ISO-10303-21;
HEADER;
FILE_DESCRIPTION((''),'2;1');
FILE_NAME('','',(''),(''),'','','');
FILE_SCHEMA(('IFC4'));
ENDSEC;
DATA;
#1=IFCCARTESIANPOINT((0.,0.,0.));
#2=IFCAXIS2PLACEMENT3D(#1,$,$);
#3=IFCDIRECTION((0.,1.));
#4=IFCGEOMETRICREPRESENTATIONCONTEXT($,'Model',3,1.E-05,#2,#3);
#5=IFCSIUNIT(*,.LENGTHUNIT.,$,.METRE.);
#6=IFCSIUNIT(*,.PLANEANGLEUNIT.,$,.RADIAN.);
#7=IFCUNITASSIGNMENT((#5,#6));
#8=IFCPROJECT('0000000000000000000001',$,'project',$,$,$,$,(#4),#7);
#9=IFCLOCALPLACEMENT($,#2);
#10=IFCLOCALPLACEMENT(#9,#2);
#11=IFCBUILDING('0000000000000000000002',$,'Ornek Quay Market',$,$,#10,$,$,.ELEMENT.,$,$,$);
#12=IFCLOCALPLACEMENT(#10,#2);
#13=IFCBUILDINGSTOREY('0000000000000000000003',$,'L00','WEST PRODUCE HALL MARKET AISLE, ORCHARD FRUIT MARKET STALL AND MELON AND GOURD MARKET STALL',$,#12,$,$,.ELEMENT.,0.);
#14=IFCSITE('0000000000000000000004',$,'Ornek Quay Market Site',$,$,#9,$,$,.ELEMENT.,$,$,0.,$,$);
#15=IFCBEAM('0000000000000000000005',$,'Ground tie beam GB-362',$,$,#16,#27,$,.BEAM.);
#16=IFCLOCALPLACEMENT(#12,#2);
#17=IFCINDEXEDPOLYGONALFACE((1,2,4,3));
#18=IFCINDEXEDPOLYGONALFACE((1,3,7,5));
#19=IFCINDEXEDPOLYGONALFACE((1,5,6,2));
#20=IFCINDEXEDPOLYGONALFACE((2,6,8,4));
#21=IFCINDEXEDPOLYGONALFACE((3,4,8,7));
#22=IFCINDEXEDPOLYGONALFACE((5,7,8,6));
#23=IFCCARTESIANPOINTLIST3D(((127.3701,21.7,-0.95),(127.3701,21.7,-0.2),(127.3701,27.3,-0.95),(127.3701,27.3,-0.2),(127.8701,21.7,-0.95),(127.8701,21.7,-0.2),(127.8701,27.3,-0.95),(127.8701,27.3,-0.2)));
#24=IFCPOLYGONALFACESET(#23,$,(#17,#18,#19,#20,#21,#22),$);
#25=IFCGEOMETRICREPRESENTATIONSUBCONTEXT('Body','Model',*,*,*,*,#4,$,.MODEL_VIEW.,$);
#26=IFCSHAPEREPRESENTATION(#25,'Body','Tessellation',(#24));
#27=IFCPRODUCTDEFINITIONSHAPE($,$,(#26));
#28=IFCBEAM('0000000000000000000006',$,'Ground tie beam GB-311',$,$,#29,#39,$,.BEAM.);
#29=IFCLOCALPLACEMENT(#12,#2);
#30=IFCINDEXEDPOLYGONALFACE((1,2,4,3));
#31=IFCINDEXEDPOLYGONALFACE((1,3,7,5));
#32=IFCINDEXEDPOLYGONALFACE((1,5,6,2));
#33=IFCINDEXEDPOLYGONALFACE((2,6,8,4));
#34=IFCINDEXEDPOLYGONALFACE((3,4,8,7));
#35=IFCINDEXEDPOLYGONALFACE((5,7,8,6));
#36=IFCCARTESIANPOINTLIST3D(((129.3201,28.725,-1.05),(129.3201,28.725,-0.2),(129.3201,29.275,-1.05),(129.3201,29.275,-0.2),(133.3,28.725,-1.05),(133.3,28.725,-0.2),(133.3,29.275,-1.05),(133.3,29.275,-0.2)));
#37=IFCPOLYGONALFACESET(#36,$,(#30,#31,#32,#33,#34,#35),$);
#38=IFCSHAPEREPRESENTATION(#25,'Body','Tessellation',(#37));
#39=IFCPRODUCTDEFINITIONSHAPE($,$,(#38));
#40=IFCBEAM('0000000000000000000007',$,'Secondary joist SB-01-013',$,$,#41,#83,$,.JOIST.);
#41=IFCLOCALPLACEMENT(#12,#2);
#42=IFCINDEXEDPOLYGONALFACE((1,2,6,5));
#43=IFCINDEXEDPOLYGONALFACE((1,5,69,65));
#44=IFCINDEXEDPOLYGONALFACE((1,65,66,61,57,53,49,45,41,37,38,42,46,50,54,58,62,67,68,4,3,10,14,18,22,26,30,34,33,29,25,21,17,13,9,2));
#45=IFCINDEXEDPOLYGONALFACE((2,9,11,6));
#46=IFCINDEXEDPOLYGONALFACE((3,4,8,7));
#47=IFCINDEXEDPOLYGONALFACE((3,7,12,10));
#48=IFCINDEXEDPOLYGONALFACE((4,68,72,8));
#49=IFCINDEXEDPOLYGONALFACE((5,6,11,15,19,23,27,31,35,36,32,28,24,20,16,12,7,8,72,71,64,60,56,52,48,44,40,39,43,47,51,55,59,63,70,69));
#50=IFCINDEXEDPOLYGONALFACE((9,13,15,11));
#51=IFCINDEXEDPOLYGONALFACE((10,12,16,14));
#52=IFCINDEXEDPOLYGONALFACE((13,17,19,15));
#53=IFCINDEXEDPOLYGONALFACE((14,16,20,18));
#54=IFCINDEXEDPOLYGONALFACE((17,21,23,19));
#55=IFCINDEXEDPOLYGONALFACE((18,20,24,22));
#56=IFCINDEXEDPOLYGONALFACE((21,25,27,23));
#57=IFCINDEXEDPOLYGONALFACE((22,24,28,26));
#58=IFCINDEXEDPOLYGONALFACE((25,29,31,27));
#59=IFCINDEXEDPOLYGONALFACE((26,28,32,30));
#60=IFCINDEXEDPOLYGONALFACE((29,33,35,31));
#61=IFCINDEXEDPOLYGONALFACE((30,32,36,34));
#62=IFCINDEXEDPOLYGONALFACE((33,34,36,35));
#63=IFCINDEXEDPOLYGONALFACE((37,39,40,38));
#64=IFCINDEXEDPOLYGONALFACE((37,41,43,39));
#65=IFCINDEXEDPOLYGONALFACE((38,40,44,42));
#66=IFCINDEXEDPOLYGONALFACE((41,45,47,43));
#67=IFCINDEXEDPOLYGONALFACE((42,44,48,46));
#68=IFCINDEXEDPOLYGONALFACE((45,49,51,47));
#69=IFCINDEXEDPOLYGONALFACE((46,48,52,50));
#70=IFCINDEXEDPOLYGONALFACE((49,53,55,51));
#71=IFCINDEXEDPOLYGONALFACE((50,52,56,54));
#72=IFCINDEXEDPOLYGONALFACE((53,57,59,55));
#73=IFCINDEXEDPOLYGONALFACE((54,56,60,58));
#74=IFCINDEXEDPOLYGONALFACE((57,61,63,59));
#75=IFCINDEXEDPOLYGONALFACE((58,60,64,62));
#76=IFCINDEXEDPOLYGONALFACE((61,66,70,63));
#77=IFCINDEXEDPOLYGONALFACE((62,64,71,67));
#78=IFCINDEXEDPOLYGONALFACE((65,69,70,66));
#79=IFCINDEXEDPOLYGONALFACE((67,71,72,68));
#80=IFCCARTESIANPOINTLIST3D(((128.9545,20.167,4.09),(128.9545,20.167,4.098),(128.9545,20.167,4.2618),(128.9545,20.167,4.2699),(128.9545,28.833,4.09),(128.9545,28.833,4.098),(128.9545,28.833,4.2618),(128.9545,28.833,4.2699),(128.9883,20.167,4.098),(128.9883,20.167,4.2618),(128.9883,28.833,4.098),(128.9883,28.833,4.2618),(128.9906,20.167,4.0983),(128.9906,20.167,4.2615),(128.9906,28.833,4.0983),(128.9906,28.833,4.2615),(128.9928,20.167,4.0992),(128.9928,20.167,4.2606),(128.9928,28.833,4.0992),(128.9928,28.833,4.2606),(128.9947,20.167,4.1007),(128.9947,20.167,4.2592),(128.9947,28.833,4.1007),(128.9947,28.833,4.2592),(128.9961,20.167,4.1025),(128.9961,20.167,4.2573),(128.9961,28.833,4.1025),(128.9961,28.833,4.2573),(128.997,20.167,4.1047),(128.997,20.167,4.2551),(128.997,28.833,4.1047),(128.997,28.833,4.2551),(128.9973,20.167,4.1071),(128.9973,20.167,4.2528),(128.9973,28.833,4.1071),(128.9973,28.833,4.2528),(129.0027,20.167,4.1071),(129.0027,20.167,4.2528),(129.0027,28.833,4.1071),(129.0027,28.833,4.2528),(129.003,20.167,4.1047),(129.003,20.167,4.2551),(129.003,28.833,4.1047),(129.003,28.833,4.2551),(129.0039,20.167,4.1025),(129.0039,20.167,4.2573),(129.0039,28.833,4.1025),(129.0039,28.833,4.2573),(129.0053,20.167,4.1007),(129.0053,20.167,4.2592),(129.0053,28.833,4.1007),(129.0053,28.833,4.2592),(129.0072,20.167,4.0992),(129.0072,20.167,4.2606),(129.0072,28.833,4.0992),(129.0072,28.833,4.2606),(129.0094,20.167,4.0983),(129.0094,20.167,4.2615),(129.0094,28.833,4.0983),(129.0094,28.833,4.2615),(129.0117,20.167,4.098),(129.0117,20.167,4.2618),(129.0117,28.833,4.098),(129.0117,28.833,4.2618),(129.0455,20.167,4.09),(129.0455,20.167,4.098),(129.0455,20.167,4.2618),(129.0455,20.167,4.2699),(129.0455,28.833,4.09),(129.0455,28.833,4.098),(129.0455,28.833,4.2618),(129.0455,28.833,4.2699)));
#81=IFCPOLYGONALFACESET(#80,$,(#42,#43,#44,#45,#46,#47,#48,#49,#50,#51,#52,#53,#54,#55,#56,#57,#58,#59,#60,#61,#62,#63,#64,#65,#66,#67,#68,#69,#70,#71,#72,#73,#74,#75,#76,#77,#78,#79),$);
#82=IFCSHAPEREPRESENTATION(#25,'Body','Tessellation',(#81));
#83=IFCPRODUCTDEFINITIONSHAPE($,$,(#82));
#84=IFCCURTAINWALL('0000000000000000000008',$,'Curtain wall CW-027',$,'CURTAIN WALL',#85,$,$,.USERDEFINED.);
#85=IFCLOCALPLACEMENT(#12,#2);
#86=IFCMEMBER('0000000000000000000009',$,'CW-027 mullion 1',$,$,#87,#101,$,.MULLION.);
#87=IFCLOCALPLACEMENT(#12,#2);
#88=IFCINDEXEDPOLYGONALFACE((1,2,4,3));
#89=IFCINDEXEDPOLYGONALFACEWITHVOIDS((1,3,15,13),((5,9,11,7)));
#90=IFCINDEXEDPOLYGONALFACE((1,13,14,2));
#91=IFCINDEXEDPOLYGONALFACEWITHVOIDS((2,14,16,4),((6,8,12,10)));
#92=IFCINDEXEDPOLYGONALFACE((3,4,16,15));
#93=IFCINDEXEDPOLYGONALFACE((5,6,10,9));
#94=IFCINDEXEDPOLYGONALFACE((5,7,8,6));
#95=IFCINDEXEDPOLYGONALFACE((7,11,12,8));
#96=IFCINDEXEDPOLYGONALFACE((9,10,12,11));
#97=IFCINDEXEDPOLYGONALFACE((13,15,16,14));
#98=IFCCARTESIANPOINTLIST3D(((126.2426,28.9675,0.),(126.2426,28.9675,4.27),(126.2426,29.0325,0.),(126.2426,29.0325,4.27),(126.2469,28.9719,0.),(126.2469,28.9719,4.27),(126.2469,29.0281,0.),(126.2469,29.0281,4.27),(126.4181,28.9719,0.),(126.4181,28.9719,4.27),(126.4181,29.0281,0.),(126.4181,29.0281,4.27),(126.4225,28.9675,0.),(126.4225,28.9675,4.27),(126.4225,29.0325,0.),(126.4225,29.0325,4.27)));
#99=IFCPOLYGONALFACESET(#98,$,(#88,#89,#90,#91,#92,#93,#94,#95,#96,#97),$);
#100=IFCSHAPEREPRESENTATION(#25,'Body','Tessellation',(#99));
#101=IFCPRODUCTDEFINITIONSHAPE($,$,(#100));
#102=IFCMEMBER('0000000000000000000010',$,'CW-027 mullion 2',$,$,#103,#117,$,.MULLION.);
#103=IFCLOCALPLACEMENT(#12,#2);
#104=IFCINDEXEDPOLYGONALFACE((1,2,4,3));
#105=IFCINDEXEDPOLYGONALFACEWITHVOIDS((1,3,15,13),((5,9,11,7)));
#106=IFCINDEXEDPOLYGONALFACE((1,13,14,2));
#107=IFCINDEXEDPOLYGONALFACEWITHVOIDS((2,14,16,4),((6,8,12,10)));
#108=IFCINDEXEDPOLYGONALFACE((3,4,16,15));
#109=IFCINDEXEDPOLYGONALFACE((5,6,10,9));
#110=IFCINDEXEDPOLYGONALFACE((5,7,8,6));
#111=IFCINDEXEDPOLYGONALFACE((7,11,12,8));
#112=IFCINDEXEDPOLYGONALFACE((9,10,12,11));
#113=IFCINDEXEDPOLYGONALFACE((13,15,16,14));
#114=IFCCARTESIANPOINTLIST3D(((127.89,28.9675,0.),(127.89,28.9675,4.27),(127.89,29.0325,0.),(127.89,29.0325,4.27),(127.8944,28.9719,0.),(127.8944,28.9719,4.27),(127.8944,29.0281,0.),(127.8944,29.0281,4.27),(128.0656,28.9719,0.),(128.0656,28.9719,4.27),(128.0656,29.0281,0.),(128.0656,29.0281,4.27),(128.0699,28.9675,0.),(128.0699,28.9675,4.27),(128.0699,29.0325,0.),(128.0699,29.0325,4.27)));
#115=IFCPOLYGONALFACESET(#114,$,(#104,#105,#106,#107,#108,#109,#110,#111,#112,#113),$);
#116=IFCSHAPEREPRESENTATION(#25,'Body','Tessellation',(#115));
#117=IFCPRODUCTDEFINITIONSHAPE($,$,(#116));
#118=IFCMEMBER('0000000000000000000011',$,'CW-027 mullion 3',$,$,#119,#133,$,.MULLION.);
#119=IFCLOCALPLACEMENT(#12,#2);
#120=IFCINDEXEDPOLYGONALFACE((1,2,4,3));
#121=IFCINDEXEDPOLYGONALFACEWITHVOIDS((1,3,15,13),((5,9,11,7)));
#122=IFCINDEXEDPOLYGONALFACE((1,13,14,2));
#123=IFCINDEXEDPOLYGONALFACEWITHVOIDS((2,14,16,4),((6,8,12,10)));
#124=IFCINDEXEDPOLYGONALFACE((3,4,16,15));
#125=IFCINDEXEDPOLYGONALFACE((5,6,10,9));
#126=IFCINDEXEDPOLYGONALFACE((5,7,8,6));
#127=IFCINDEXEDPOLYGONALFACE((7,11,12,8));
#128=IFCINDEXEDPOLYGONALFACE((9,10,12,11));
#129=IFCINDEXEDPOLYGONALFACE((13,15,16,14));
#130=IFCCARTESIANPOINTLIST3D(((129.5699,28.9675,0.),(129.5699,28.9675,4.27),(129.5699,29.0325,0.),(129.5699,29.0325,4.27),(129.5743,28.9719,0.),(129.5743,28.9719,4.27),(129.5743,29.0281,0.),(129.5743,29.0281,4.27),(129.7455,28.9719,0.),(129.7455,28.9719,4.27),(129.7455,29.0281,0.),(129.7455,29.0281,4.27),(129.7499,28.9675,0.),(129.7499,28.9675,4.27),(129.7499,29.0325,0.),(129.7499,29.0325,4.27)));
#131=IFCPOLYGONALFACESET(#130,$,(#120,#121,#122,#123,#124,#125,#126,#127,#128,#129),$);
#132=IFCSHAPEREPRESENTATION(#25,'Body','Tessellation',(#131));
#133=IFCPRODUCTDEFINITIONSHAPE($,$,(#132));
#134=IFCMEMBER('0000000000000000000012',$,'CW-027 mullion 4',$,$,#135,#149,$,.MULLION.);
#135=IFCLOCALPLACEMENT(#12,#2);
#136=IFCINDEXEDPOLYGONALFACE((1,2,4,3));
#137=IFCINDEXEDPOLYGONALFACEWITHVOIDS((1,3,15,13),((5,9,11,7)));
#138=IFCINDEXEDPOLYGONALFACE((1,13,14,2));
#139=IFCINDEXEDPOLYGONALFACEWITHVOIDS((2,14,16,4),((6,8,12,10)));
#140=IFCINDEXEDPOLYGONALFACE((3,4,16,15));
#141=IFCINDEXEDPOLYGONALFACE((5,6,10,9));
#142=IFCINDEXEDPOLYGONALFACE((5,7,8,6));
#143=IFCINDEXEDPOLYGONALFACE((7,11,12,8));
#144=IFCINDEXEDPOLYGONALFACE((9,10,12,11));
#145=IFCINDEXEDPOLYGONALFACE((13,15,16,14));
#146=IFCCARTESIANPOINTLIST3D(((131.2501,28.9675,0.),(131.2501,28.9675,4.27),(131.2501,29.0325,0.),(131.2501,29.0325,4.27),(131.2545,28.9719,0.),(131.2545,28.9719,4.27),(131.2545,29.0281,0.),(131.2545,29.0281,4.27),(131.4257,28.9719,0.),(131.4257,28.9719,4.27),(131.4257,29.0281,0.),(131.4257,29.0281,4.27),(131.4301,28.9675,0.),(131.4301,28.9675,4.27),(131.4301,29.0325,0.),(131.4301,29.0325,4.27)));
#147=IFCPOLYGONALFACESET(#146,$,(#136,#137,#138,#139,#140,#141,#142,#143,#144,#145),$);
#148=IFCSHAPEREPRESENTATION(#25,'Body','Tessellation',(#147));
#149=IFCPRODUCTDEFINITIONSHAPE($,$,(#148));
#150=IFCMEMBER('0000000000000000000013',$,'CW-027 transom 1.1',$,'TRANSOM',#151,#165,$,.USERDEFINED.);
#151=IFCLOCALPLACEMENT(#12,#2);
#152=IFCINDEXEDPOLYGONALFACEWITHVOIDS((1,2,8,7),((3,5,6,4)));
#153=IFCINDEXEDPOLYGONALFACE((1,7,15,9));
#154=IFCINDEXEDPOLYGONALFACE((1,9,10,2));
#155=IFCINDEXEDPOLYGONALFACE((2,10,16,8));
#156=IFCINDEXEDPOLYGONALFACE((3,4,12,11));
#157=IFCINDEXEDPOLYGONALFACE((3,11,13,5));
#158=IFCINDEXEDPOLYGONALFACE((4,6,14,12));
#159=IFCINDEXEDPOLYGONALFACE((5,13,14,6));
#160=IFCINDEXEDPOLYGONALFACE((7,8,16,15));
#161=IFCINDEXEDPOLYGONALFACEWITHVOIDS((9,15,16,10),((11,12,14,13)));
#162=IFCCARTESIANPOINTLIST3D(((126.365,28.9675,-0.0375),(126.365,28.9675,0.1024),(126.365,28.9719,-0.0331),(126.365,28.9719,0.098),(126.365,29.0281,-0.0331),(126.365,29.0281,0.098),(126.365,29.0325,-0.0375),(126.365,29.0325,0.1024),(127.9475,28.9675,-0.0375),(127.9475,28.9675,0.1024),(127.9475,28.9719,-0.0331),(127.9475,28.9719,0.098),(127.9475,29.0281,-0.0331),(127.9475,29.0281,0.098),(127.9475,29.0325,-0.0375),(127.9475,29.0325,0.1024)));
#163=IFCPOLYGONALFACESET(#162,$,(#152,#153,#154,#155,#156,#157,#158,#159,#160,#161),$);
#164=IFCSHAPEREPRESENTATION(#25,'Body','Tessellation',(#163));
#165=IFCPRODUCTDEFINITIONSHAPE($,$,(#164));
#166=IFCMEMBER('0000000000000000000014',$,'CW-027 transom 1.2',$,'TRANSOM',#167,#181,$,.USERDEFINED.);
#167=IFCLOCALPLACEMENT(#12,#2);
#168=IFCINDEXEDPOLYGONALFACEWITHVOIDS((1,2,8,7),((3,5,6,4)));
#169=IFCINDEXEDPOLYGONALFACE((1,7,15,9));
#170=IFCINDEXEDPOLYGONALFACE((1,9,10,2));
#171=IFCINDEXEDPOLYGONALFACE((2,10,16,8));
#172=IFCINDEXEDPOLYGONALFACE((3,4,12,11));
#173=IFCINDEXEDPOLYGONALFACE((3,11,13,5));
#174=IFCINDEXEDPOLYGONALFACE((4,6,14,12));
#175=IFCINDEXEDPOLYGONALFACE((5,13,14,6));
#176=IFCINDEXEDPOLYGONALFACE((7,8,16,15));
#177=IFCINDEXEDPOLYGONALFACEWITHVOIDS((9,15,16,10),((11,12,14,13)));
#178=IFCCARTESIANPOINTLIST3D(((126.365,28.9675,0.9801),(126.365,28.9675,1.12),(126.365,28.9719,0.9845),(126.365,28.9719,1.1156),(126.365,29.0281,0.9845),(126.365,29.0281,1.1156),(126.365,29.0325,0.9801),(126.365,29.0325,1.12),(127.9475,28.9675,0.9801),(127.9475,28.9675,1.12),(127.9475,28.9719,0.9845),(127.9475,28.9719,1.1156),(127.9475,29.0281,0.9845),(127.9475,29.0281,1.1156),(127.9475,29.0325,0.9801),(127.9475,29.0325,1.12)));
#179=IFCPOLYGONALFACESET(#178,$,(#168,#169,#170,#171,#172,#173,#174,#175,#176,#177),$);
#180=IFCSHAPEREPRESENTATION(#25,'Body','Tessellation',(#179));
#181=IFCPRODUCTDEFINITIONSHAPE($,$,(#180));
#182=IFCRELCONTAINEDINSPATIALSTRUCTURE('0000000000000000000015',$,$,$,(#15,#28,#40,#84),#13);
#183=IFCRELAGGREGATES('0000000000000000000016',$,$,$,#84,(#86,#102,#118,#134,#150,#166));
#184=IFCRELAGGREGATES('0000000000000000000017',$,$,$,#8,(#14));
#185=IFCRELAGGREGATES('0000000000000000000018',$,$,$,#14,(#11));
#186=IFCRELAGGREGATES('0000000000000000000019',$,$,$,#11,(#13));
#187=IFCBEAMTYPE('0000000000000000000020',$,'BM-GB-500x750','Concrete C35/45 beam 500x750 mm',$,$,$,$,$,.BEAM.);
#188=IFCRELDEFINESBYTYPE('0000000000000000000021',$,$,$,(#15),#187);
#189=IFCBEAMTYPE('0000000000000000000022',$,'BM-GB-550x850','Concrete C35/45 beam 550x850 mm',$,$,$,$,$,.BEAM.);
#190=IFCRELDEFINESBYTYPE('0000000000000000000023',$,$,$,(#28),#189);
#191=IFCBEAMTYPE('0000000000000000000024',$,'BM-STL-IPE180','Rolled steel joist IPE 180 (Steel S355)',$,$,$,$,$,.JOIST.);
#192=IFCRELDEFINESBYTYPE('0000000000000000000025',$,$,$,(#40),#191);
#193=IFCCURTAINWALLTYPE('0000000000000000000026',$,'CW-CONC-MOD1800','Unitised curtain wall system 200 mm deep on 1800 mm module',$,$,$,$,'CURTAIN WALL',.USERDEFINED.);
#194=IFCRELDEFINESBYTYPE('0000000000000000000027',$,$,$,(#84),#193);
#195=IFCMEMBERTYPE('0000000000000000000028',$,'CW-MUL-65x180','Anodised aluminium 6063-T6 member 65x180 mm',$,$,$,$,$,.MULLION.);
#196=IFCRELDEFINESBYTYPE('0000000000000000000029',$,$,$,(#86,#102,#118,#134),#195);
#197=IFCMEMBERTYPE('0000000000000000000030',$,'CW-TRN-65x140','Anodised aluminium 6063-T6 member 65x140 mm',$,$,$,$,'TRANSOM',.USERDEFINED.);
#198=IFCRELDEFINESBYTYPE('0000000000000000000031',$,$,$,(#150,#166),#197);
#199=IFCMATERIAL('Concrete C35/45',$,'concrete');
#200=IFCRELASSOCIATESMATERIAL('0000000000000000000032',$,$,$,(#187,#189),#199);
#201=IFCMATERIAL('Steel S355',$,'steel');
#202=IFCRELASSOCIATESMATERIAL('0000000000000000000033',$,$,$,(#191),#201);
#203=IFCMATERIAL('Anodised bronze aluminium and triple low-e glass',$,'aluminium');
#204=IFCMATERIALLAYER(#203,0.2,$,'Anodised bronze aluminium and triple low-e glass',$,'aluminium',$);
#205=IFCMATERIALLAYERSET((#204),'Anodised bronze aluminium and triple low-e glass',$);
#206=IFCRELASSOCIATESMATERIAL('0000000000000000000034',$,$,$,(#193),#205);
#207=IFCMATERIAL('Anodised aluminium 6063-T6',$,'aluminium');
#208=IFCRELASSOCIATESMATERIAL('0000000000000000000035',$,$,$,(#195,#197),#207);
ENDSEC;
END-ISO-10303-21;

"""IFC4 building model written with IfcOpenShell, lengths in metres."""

from ifc_helpers import new_model, si_unit, direction, frame, origin, origin_2d, place, context, subcontext, project, spatial, rectangle, hollow_rectangle, i_section, extrude, material, layer, layer_set, material_profile, profile_set, type_object, element, aggregate, save


model = new_model("IFC4")

# Units and contexts
model_context = context("Model", 3, precision=1e-05, world=origin(), true_north=direction((0.0, 1.0)))
body_context = subcontext(model_context, "Body", "Model", "MODEL_VIEW")
ifc_project = project(units=[si_unit("LENGTHUNIT", "METRE"), si_unit("PLANEANGLEUNIT", "RADIAN")], contexts=[model_context])

# Site, building, storey
site_placement = place(None, origin())
site = spatial("IfcSite", under=ifc_project, at=site_placement, Name="Ornek Quay Market Site", CompositionType="ELEMENT", RefElevation=0.0)
building_placement = place(site_placement, origin())
building = spatial("IfcBuilding", under=site, at=building_placement, Name="Ornek Quay Market", CompositionType="ELEMENT")
storey_placement = place(building_placement, origin())
storey = spatial("IfcBuildingStorey", under=building, at=storey_placement, Name="L00", Description="WEST PRODUCE HALL MARKET AISLE, ORCHARD FRUIT MARKET STALL AND MELON AND GOURD MARKET STALL", CompositionType="ELEMENT", Elevation=0.0)

# Shared definitions
ifc_material_1 = material(Name="Concrete C35/45", Category="concrete")

# Beams
ifc_material_profile_1 = material_profile(ifc_material_1, rectangle(XDim=0.5, YDim=0.75, at=origin_2d()), Name="RC 500x750", Category="concrete")
ifc_profile_set_1 = profile_set([ifc_material_profile_1], Name="Concrete C35/45")
beam_type_1 = type_object("IfcBeamType", Name="BM-GB-500x750", Description="Concrete C35/45 beam 500x750 mm", PredefinedType="BEAM", material=ifc_profile_set_1)
beam_1_placement = place(storey_placement, frame((127.6201, 21.7, -0.575), z_axis=(0.0, 1.0, 0.0), x_axis=(-1.0, 0.0, 0.0)))
element("IfcBeam", 1, at=beam_1_placement, inside=storey, type_object=beam_type_1, Name="Ground tie beam GB-362", PredefinedType="BEAM", context=body_context, shape_type="SweptSolid", body=[
    extrude(rectangle(XDim=0.5, YDim=0.75, at=origin_2d()), origin(), (0.0, 0.0, 1.0), 5.6001),
])
ifc_material_profile_2 = material_profile(ifc_material_1, rectangle(XDim=0.55, YDim=0.8501, at=origin_2d()), Name="RC 550x850", Category="concrete")
ifc_profile_set_2 = profile_set([ifc_material_profile_2], Name="Concrete C35/45")
beam_type_2 = type_object("IfcBeamType", Name="BM-GB-550x850", Description="Concrete C35/45 beam 550x850 mm", PredefinedType="BEAM", material=ifc_profile_set_2)
beam_2_placement = place(storey_placement, frame((129.3201, 29.0, -0.625), z_axis=(1.0, 0.0, 0.0), x_axis=(0.0, 1.0, 0.0)))
element("IfcBeam", 2, at=beam_2_placement, inside=storey, type_object=beam_type_2, Name="Ground tie beam GB-311", PredefinedType="BEAM", context=body_context, shape_type="SweptSolid", body=[
    extrude(rectangle(XDim=0.55, YDim=0.8501, at=origin_2d()), origin(), (0.0, 0.0, 1.0), 3.98),
])
ifc_material_2 = material(Name="Steel S355", Category="steel")
ifc_material_profile_3 = material_profile(ifc_material_2, i_section(OverallWidth=0.0911, OverallDepth=0.1799, WebThickness=0.0054, FlangeThickness=0.0081, FilletRadius=0.009, at=origin_2d()), Name="IPE 180", Category="steel")
ifc_profile_set_3 = profile_set([ifc_material_profile_3], Name="Steel S355")
beam_type_3 = type_object("IfcBeamType", Name="BM-STL-IPE180", Description="Rolled steel joist IPE 180 (Steel S355)", PredefinedType="JOIST", material=ifc_profile_set_3)
beam_3_placement = place(storey_placement, frame((129.0, 20.167, 4.1799), z_axis=(0.0, 1.0, 0.0), x_axis=(-1.0, 0.0, 0.0)))
element("IfcBeam", 3, at=beam_3_placement, inside=storey, type_object=beam_type_3, Name="Secondary joist SB-01-013", PredefinedType="JOIST", context=body_context, shape_type="SweptSolid", body=[
    extrude(i_section(OverallWidth=0.0911, OverallDepth=0.1799, WebThickness=0.0054, FlangeThickness=0.0081, FilletRadius=0.009, at=origin_2d()), origin(), (0.0, 0.0, 1.0), 8.666),
])

# Curtain wall, members
ifc_material_3 = material(Name="Anodised bronze aluminium and triple low-e glass", Category="aluminium")
ifc_layer_1 = layer(ifc_material_3, 0.2, Name="Anodised bronze aluminium and triple low-e glass", Category="aluminium")
ifc_layer_set_1 = layer_set([ifc_layer_1], Name="Anodised bronze aluminium and triple low-e glass")
curtain_wall_type = type_object("IfcCurtainWallType", Name="CW-CONC-MOD1800", Description="Unitised curtain wall system 200 mm deep on 1800 mm module", ElementType="CURTAIN WALL", PredefinedType="USERDEFINED", material=ifc_layer_set_1)
curtain_wall_placement = place(storey_placement, origin())
curtain_wall = element("IfcCurtainWall", 4, at=curtain_wall_placement, inside=storey, type_object=curtain_wall_type, Name="Curtain wall CW-027", ObjectType="CURTAIN WALL", PredefinedType="USERDEFINED")
ifc_material_4 = material(Name="Anodised aluminium 6063-T6", Category="aluminium")
ifc_material_profile_4 = material_profile(ifc_material_4, hollow_rectangle(XDim=0.0649, YDim=0.1799, WallThickness=0.0044, at=origin_2d()), Name="CW-MUL-65x180", Category="aluminium")
ifc_profile_set_4 = profile_set([ifc_material_profile_4], Name="Anodised aluminium 6063-T6")
member_type_1 = type_object("IfcMemberType", Name="CW-MUL-65x180", Description="Anodised aluminium 6063-T6 member 65x180 mm", PredefinedType="MULLION", material=ifc_profile_set_4)
member_1_placement = place(storey_placement, frame((126.3325, 29.0, 0.0), z_axis=(0.0, 0.0, 1.0), x_axis=(0.0, 1.0, 0.0)))
member_1 = element("IfcMember", 5, at=member_1_placement, type_object=member_type_1, Name="CW-027 mullion 1", PredefinedType="MULLION", context=body_context, shape_type="SweptSolid", body=[
    extrude(hollow_rectangle(XDim=0.0649, YDim=0.1799, WallThickness=0.0044, at=origin_2d()), origin(), (0.0, 0.0, 1.0), 4.27),
])
member_2_placement = place(storey_placement, frame((127.98, 29.0, 0.0), z_axis=(0.0, 0.0, 1.0), x_axis=(0.0, 1.0, 0.0)))
member_2 = element("IfcMember", 6, at=member_2_placement, type_object=member_type_1, Name="CW-027 mullion 2", PredefinedType="MULLION", context=body_context, shape_type="SweptSolid", body=[
    extrude(hollow_rectangle(XDim=0.0649, YDim=0.1799, WallThickness=0.0044, at=origin_2d()), origin(), (0.0, 0.0, 1.0), 4.27),
])
member_3_placement = place(storey_placement, frame((129.6599, 29.0, 0.0), z_axis=(0.0, 0.0, 1.0), x_axis=(0.0, 1.0, 0.0)))
member_3 = element("IfcMember", 7, at=member_3_placement, type_object=member_type_1, Name="CW-027 mullion 3", PredefinedType="MULLION", context=body_context, shape_type="SweptSolid", body=[
    extrude(hollow_rectangle(XDim=0.0649, YDim=0.1799, WallThickness=0.0044, at=origin_2d()), origin(), (0.0, 0.0, 1.0), 4.27),
])
member_4_placement = place(storey_placement, frame((131.3401, 29.0, 0.0), z_axis=(0.0, 0.0, 1.0), x_axis=(0.0, 1.0, 0.0)))
member_4 = element("IfcMember", 8, at=member_4_placement, type_object=member_type_1, Name="CW-027 mullion 4", PredefinedType="MULLION", context=body_context, shape_type="SweptSolid", body=[
    extrude(hollow_rectangle(XDim=0.0649, YDim=0.1799, WallThickness=0.0044, at=origin_2d()), origin(), (0.0, 0.0, 1.0), 4.27),
])
ifc_material_profile_5 = material_profile(ifc_material_4, hollow_rectangle(XDim=0.0649, YDim=0.1399, WallThickness=0.0044, at=origin_2d()), Name="CW-TRN-65x140", Category="aluminium")
ifc_profile_set_5 = profile_set([ifc_material_profile_5], Name="Anodised aluminium 6063-T6")
member_type_2 = type_object("IfcMemberType", Name="CW-TRN-65x140", Description="Anodised aluminium 6063-T6 member 65x140 mm", ElementType="TRANSOM", PredefinedType="USERDEFINED", material=ifc_profile_set_5)
member_5_placement = place(storey_placement, frame((126.365, 29.0, 0.0325), z_axis=(1.0, 0.0, 0.0), x_axis=(0.0, 1.0, 0.0)))
member_5 = element("IfcMember", 9, at=member_5_placement, type_object=member_type_2, Name="CW-027 transom 1.1", ObjectType="TRANSOM", PredefinedType="USERDEFINED", context=body_context, shape_type="SweptSolid", body=[
    extrude(hollow_rectangle(XDim=0.0649, YDim=0.1399, WallThickness=0.0044, at=origin_2d()), origin(), (0.0, 0.0, 1.0), 1.5825),
])
member_6_placement = place(storey_placement, frame((126.365, 29.0, 1.05), z_axis=(1.0, 0.0, 0.0), x_axis=(0.0, 1.0, 0.0)))
member_6 = element("IfcMember", 10, at=member_6_placement, type_object=member_type_2, Name="CW-027 transom 1.2", ObjectType="TRANSOM", PredefinedType="USERDEFINED", context=body_context, shape_type="SweptSolid", body=[
    extrude(hollow_rectangle(XDim=0.0649, YDim=0.1399, WallThickness=0.0044, at=origin_2d()), origin(), (0.0, 0.0, 1.0), 1.5825),
])
aggregate(curtain_wall, [member_1, member_2, member_3, member_4, member_5, member_6])

save(model, "model.ifc")
